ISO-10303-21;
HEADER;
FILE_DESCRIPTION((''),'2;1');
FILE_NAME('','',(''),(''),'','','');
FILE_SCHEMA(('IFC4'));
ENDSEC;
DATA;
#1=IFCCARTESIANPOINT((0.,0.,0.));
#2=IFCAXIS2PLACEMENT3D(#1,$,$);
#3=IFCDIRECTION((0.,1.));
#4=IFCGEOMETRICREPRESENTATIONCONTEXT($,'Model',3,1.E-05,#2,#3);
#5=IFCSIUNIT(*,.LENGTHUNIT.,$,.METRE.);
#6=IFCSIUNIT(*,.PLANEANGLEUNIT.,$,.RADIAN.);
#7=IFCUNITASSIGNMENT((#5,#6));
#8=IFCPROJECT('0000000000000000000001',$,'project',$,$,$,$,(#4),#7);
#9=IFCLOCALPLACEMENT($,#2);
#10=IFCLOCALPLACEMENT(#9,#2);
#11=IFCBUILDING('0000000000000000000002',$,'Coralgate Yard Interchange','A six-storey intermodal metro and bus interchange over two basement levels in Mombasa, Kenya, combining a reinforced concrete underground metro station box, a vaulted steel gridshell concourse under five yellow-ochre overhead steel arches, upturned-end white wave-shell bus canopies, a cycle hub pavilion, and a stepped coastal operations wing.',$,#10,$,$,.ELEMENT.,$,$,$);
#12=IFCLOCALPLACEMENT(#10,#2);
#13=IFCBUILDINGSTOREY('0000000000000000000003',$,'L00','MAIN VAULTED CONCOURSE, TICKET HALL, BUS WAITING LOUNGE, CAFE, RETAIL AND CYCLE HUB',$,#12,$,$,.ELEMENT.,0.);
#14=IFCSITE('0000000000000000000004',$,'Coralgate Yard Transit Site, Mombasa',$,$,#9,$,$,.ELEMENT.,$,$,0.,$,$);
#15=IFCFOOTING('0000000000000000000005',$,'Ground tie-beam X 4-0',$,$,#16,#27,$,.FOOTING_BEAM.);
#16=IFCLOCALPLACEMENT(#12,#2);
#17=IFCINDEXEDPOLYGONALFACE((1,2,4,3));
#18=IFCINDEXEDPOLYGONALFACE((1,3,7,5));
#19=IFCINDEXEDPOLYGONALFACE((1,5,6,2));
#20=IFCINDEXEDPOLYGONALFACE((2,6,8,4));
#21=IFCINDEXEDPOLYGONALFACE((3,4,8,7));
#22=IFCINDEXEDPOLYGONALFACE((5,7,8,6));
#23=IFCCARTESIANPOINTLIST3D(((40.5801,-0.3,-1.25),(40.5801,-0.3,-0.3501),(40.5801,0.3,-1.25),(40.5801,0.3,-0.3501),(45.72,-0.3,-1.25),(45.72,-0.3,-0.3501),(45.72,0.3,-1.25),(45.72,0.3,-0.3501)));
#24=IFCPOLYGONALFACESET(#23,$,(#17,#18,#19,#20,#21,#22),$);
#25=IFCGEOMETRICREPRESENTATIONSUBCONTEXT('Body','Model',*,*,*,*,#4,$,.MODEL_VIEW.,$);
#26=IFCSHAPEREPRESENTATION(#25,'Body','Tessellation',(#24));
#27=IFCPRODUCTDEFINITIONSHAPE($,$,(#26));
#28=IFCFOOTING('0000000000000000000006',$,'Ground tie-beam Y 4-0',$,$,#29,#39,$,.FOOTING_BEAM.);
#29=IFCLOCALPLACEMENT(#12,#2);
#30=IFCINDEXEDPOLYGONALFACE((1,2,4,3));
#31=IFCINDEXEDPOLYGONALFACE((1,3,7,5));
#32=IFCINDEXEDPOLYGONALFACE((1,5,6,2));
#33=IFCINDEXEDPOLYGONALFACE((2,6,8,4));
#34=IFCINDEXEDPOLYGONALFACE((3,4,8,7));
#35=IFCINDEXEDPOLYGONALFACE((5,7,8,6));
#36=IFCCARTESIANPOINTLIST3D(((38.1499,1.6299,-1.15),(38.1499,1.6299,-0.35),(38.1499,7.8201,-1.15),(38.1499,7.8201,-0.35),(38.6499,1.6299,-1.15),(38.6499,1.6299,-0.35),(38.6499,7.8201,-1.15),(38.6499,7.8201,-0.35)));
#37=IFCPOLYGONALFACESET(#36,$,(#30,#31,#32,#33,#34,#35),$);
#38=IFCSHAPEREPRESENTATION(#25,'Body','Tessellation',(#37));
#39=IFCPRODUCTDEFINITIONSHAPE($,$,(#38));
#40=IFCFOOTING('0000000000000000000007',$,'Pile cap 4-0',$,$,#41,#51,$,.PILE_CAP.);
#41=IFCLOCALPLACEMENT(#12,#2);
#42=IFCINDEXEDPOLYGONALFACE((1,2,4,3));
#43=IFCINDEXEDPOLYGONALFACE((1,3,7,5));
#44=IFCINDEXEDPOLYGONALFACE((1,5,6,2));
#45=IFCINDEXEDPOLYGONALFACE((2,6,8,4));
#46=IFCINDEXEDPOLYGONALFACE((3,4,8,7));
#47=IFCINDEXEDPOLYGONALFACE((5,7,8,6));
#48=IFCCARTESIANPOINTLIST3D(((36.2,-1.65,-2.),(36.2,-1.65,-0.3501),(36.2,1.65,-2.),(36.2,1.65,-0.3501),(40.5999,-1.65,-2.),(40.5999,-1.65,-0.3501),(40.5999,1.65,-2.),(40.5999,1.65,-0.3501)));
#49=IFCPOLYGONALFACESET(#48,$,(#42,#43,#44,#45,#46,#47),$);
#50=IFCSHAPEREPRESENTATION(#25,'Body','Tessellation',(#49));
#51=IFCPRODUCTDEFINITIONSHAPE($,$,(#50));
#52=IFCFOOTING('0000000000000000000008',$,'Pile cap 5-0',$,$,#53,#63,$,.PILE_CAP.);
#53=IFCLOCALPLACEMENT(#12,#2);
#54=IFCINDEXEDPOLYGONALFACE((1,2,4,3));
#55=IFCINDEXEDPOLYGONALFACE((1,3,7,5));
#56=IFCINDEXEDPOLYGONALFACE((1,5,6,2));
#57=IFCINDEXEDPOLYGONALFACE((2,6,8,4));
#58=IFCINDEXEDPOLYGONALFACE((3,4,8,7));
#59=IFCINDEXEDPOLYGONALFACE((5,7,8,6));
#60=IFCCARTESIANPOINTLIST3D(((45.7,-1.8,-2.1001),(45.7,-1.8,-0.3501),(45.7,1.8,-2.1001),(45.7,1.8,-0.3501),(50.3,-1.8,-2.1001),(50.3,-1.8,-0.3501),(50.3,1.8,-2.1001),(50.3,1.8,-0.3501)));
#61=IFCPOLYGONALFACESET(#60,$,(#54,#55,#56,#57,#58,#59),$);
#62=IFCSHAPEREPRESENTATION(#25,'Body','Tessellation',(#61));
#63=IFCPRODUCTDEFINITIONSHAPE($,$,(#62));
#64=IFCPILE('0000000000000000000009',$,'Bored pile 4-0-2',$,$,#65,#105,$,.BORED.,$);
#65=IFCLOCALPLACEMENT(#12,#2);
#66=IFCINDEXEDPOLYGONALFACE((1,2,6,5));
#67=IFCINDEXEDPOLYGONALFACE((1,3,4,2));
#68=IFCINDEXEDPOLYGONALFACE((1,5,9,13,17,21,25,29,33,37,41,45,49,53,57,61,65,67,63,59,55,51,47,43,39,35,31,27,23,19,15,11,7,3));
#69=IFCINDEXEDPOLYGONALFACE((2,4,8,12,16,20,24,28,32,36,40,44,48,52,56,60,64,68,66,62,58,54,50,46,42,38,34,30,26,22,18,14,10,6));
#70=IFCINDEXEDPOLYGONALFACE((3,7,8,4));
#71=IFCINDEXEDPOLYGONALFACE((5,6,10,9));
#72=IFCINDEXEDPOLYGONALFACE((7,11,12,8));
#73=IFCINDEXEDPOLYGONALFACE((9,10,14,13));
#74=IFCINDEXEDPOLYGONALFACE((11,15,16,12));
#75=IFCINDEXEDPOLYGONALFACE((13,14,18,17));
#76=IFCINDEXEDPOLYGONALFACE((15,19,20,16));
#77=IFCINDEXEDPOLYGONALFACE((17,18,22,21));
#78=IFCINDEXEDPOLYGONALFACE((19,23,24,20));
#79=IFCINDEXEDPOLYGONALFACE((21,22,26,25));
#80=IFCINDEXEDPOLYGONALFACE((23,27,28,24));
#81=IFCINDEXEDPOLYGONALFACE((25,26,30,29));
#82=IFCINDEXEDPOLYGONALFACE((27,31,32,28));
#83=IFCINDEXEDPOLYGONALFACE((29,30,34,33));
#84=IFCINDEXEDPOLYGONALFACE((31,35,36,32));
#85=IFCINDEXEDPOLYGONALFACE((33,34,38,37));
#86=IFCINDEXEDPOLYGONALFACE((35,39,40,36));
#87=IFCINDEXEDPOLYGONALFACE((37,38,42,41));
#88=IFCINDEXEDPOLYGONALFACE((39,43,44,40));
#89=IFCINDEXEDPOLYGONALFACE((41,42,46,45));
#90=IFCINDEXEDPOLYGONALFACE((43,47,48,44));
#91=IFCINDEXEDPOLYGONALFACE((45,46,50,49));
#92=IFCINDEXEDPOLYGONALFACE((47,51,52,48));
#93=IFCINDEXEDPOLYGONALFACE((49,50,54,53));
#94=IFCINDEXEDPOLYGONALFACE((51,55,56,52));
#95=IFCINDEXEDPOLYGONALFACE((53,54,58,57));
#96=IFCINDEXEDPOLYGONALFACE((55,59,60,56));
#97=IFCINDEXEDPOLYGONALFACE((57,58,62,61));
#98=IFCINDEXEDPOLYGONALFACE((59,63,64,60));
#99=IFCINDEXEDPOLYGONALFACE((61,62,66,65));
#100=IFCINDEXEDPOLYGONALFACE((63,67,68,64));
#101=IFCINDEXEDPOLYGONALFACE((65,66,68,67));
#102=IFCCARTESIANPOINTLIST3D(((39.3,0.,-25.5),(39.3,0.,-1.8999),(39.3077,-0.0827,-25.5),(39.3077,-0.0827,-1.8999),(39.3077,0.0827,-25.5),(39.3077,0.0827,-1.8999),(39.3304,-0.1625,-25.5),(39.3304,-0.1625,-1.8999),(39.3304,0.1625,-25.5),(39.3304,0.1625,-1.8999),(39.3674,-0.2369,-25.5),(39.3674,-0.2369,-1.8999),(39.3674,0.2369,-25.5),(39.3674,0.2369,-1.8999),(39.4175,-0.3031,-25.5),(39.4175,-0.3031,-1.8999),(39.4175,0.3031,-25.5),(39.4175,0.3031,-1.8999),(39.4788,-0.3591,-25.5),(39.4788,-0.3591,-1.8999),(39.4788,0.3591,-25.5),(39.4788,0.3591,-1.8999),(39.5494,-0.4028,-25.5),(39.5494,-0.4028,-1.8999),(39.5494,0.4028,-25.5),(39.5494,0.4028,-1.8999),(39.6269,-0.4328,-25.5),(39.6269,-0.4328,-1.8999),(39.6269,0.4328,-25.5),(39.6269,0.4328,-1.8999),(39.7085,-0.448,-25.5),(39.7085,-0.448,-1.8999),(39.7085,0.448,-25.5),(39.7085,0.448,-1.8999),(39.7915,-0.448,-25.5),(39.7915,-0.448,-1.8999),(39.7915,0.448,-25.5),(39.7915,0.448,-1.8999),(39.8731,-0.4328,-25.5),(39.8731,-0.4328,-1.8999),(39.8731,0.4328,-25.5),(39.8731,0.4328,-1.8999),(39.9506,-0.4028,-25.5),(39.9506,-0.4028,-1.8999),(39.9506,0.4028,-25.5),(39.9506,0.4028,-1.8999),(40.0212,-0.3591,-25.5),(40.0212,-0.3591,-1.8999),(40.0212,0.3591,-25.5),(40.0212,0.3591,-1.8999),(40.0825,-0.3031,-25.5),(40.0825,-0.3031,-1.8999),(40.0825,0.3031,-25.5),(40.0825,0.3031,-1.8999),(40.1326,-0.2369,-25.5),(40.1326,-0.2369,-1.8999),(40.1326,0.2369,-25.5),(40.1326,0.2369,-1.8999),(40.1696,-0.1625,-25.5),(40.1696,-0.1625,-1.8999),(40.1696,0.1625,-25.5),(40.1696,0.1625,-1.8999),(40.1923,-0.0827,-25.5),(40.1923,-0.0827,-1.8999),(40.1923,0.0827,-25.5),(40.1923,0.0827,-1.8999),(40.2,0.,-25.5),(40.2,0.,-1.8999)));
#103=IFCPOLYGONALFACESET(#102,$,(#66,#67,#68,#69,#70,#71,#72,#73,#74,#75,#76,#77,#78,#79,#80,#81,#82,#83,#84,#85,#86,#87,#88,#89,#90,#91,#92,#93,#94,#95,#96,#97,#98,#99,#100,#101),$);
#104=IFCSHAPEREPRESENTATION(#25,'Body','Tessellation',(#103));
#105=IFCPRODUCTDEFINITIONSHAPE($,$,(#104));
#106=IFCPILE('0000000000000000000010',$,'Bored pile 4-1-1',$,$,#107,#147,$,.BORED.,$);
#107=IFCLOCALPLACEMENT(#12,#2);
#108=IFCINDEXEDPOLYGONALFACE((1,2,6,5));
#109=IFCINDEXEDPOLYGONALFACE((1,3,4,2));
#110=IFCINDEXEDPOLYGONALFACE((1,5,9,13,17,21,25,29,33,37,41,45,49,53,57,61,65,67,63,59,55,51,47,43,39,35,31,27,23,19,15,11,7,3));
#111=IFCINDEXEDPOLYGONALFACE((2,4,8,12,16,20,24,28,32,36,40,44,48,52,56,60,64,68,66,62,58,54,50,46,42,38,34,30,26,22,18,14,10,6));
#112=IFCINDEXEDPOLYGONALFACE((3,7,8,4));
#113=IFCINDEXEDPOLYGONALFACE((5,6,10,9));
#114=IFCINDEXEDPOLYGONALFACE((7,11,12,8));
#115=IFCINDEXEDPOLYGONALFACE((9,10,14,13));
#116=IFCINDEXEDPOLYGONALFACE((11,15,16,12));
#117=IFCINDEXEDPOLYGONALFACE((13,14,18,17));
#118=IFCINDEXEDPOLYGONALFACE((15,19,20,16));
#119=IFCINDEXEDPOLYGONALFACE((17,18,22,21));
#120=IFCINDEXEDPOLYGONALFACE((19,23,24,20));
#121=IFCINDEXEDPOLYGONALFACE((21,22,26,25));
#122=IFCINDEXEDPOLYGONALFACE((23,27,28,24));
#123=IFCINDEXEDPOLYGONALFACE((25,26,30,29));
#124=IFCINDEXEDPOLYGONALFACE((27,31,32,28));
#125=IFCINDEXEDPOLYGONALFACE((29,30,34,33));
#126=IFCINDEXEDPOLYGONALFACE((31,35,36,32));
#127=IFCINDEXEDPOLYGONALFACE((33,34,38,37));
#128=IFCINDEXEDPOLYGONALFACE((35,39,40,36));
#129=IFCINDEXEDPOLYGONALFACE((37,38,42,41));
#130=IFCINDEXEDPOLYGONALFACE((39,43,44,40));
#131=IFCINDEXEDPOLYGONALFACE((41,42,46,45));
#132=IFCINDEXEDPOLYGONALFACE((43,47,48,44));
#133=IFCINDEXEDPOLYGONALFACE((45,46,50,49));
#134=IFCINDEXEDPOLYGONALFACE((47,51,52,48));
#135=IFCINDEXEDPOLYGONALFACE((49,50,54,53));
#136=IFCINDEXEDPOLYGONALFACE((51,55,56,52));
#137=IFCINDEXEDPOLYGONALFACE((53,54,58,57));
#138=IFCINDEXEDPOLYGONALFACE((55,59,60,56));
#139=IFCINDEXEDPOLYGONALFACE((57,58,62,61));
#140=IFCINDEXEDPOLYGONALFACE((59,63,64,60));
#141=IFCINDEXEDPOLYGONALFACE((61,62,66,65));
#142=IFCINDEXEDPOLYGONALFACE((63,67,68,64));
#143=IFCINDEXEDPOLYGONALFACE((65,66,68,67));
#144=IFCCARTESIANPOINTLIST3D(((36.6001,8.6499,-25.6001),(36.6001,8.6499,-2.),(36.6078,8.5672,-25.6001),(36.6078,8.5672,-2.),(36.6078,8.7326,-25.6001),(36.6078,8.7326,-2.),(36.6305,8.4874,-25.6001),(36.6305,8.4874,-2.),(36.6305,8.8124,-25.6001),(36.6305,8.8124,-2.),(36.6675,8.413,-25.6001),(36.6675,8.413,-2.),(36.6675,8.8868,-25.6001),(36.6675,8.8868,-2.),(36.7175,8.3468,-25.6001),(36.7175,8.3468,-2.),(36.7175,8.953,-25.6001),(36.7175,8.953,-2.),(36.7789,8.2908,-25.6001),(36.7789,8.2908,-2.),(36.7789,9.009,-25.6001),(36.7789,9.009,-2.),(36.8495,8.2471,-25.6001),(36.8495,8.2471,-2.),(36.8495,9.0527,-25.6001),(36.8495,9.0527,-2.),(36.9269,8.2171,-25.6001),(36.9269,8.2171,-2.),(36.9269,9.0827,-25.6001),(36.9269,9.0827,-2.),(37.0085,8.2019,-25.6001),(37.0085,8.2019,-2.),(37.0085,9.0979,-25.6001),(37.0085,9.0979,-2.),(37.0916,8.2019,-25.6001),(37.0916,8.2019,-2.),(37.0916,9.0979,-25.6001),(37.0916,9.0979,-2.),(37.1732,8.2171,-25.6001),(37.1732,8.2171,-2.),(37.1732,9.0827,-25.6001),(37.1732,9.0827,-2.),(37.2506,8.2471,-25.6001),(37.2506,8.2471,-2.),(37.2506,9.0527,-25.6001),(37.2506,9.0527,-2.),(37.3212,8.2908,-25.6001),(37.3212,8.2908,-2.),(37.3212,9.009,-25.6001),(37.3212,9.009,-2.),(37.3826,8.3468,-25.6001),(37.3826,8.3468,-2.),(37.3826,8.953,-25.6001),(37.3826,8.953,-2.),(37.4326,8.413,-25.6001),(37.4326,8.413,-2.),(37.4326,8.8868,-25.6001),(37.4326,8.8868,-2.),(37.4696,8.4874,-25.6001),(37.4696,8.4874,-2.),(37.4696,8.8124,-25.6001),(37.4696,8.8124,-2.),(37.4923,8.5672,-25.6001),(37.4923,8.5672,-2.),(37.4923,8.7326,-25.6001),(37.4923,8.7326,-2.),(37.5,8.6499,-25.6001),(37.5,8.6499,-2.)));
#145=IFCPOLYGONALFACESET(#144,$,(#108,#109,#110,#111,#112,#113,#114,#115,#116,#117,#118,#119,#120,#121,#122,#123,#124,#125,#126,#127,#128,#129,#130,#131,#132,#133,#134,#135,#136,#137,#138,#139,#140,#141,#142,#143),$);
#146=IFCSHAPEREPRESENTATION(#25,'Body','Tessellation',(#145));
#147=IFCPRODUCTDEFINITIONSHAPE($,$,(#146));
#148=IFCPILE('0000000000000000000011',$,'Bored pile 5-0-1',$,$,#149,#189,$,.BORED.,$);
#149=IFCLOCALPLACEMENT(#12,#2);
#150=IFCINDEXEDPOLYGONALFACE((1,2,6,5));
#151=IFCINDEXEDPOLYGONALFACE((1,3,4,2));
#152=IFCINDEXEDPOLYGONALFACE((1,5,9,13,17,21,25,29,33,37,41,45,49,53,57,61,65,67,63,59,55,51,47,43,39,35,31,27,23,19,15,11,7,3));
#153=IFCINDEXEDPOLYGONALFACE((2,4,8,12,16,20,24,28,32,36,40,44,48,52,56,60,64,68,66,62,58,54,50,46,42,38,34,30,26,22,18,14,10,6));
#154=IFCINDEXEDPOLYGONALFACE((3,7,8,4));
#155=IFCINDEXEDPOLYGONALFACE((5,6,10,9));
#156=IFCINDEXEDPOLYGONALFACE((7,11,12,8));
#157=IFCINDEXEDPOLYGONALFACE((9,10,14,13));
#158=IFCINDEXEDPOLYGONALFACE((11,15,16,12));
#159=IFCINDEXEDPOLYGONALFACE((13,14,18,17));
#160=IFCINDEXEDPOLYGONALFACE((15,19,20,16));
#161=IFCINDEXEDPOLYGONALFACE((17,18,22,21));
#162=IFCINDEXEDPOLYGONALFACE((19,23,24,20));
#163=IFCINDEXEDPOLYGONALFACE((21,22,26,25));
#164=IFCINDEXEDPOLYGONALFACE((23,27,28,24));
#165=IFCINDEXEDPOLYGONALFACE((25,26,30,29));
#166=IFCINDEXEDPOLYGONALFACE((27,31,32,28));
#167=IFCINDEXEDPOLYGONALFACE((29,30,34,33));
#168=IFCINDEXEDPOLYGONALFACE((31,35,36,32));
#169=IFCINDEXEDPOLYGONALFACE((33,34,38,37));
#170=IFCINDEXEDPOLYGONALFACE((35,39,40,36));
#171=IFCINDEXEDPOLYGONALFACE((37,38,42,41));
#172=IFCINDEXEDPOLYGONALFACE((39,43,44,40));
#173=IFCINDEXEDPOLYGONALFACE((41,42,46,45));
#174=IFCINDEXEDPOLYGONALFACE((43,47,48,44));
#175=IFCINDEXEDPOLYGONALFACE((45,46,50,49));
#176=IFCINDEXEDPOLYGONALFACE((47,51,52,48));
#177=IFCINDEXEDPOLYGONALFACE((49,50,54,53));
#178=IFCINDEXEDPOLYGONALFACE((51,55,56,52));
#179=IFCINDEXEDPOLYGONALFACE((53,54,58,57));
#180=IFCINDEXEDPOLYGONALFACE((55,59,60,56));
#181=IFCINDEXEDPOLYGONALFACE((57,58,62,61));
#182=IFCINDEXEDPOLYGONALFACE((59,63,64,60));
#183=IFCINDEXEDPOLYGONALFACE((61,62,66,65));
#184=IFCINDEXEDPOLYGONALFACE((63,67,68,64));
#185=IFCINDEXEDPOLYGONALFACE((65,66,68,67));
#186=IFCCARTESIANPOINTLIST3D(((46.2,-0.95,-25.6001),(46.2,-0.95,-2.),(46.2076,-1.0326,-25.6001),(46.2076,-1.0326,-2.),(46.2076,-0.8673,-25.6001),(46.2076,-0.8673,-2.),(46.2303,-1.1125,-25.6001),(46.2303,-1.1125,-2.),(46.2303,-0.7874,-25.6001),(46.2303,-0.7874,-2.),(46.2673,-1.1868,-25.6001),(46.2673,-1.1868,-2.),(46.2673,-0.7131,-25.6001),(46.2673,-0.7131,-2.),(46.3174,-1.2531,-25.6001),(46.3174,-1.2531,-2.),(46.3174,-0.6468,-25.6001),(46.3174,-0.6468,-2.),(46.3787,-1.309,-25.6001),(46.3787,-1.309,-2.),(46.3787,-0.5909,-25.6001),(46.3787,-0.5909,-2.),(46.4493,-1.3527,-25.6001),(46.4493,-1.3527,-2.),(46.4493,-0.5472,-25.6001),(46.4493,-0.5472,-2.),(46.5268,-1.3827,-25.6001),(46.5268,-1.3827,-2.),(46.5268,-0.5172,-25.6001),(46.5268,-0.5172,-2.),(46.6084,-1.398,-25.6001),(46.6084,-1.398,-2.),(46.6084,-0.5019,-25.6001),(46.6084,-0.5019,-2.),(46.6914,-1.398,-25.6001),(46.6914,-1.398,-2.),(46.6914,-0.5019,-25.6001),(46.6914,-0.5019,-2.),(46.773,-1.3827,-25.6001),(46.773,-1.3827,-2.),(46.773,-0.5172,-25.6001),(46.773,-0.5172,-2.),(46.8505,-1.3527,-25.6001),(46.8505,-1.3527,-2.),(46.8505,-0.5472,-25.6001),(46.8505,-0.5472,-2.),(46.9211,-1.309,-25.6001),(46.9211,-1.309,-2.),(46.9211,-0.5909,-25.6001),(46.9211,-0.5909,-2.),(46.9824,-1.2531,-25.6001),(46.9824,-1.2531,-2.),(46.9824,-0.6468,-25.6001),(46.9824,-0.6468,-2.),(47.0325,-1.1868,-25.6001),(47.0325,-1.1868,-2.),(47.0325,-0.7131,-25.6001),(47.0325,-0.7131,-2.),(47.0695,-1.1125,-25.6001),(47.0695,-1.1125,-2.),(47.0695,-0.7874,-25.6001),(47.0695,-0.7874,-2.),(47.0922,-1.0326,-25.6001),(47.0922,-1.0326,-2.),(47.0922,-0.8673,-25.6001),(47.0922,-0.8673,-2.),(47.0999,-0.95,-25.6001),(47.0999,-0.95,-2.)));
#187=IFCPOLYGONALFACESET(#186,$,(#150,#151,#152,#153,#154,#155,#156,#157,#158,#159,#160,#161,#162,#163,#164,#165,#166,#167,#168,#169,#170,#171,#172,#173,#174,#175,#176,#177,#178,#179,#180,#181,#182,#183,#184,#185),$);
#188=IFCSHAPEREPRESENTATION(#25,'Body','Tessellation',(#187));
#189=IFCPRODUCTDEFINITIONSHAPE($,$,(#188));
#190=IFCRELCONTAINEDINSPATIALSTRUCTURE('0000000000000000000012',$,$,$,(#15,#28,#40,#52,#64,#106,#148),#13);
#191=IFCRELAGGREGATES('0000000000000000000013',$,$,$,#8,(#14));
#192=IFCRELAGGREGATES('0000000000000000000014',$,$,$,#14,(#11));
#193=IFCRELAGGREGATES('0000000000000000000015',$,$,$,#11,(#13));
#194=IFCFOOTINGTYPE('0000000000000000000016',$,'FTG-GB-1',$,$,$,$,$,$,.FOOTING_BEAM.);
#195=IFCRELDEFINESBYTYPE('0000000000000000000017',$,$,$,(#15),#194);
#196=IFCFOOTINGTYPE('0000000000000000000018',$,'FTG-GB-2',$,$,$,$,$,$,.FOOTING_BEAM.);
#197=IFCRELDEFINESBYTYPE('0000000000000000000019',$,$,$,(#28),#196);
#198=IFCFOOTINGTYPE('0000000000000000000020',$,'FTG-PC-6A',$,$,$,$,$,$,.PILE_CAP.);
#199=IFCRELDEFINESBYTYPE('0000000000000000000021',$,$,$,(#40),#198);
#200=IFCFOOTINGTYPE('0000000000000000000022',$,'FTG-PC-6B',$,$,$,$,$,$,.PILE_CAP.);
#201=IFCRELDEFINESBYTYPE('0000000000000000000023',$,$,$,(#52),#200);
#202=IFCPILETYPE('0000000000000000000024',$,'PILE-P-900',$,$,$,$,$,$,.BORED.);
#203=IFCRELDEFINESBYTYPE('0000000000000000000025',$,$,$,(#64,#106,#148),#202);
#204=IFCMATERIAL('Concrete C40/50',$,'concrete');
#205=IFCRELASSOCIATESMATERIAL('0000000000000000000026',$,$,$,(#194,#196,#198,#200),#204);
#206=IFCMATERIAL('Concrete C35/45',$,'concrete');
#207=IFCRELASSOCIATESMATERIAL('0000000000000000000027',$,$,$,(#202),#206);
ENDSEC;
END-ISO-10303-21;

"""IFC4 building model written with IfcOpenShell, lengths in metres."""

from ifc_helpers import new_model, si_unit, direction, frame, origin, origin_2d, place, context, subcontext, project, spatial, rectangle, circle, extrude, material, material_profile, profile_set, type_object, element, save


model = new_model("IFC4")

# Units and contexts
model_context = context("Model", 3, precision=1e-05, world=origin(), true_north=direction((0.0, 1.0)))
body_context = subcontext(model_context, "Body", "Model", "MODEL_VIEW")
ifc_project = project(units=[si_unit("LENGTHUNIT", "METRE"), si_unit("PLANEANGLEUNIT", "RADIAN")], contexts=[model_context])

# Site, building, storey
site_placement = place(None, origin())
site = spatial("IfcSite", under=ifc_project, at=site_placement, Name="Coralgate Yard Transit Site, Mombasa", CompositionType="ELEMENT", RefElevation=0.0)
building_placement = place(site_placement, origin())
building = spatial("IfcBuilding", under=site, at=building_placement, Name="Coralgate Yard Interchange", Description="A six-storey intermodal metro and bus interchange over two basement levels in Mombasa, Kenya, combining a reinforced concrete underground metro station box, a vaulted steel gridshell concourse under five yellow-ochre overhead steel arches, upturned-end white wave-shell bus canopies, a cycle hub pavilion, and a stepped coastal operations wing.", CompositionType="ELEMENT")
storey_placement = place(building_placement, origin())
storey = spatial("IfcBuildingStorey", under=building, at=storey_placement, Name="L00", Description="MAIN VAULTED CONCOURSE, TICKET HALL, BUS WAITING LOUNGE, CAFE, RETAIL AND CYCLE HUB", CompositionType="ELEMENT", Elevation=0.0)

# Footings
ifc_material_1 = material(Name="Concrete C40/50", Category="concrete")
ifc_material_profile_1 = material_profile(ifc_material_1, rectangle(XDim=0.6001, YDim=0.8999, at=origin_2d()), Name="RC 600x900")
ifc_profile_set_1 = profile_set([ifc_material_profile_1], Name="Concrete C40/50")
footing_type_1 = type_object("IfcFootingType", Name="FTG-GB-1", PredefinedType="FOOTING_BEAM", material=ifc_profile_set_1)
footing_1_placement = place(storey_placement, frame((40.5801, 0.0, -0.8), z_axis=(1.0, 0.0, 0.0), x_axis=(0.0, 1.0, 0.0)))
element("IfcFooting", 1, at=footing_1_placement, inside=storey, type_object=footing_type_1, Name="Ground tie-beam X 4-0", PredefinedType="FOOTING_BEAM", context=body_context, shape_type="SweptSolid", body=[
    extrude(rectangle(XDim=0.6001, YDim=0.8999, at=origin_2d()), origin(), (0.0, 0.0, 1.0), 5.1399),
])
ifc_material_profile_2 = material_profile(ifc_material_1, rectangle(XDim=0.5, YDim=0.8, at=origin_2d()), Name="RC 500x800")
ifc_profile_set_2 = profile_set([ifc_material_profile_2], Name="Concrete C40/50")
footing_type_2 = type_object("IfcFootingType", Name="FTG-GB-2", PredefinedType="FOOTING_BEAM", material=ifc_profile_set_2)
footing_2_placement = place(storey_placement, frame((38.3999, 1.6299, -0.75), z_axis=(0.0, 1.0, 0.0), x_axis=(-1.0, 0.0, 0.0)))
element("IfcFooting", 2, at=footing_2_placement, inside=storey, type_object=footing_type_2, Name="Ground tie-beam Y 4-0", PredefinedType="FOOTING_BEAM", context=body_context, shape_type="SweptSolid", body=[
    extrude(rectangle(XDim=0.5, YDim=0.8, at=origin_2d()), origin(), (0.0, 0.0, 1.0), 6.1902),
])
footing_type_3 = type_object("IfcFootingType", Name="FTG-PC-6A", PredefinedType="PILE_CAP", material=ifc_material_1)
footing_3_placement = place(storey_placement, frame((38.3999, 0.0, -2.0), z_axis=(0.0, 0.0, 1.0), x_axis=(1.0, 0.0, 0.0)))
element("IfcFooting", 3, at=footing_3_placement, inside=storey, type_object=footing_type_3, Name="Pile cap 4-0", PredefinedType="PILE_CAP", context=body_context, shape_type="SweptSolid", body=[
    extrude(rectangle(XDim=4.3999, YDim=3.3, at=origin_2d()), origin(), (0.0, 0.0, 1.0), 1.6499),
])
footing_type_4 = type_object("IfcFootingType", Name="FTG-PC-6B", PredefinedType="PILE_CAP", material=ifc_material_1)
footing_4_placement = place(storey_placement, frame((48.0, 0.0, -2.1001), z_axis=(0.0, 0.0, 1.0), x_axis=(1.0, 0.0, 0.0)))
element("IfcFooting", 4, at=footing_4_placement, inside=storey, type_object=footing_type_4, Name="Pile cap 5-0", PredefinedType="PILE_CAP", context=body_context, shape_type="SweptSolid", body=[
    extrude(rectangle(XDim=4.6001, YDim=3.6001, at=origin_2d()), origin(), (0.0, 0.0, 1.0), 1.75),
])

# Piles
ifc_material_2 = material(Name="Concrete C35/45", Category="concrete")
ifc_material_profile_3 = material_profile(ifc_material_2, circle(Radius=0.45, at=origin_2d()), Name="BORED PILE D900")
ifc_profile_set_3 = profile_set([ifc_material_profile_3], Name="Concrete C35/45")
pile_type = type_object("IfcPileType", Name="PILE-P-900", PredefinedType="BORED", material=ifc_profile_set_3)
for number, where, z_axis, x_axis, name in (
    (5, (39.75, 0.0, -1.8999), (0.0, 0.0, -1.0), (1.0, 0.0, 0.0), "Bored pile 4-0-2"),
    (6, (37.05, 8.6499, -2.0), (0.0, 0.0, -1.0), (1.0, 0.0, 0.0), "Bored pile 4-1-1"),
    (7, (46.6499, -0.95, -2.0), (0.0, 0.0, -1.0), (1.0, 0.0, 0.0), "Bored pile 5-0-1"),
):
    element("IfcPile", number, at=place(storey_placement, frame(where, z_axis=z_axis, x_axis=x_axis)), inside=storey, type_object=pile_type, Name=name, PredefinedType="BORED", context=body_context, shape_type="SweptSolid", body=[
        extrude(circle(Radius=0.45, at=origin_2d()), origin(), (0.0, 0.0, 1.0), 23.6001),
    ])

save(model, "model.ifc")
